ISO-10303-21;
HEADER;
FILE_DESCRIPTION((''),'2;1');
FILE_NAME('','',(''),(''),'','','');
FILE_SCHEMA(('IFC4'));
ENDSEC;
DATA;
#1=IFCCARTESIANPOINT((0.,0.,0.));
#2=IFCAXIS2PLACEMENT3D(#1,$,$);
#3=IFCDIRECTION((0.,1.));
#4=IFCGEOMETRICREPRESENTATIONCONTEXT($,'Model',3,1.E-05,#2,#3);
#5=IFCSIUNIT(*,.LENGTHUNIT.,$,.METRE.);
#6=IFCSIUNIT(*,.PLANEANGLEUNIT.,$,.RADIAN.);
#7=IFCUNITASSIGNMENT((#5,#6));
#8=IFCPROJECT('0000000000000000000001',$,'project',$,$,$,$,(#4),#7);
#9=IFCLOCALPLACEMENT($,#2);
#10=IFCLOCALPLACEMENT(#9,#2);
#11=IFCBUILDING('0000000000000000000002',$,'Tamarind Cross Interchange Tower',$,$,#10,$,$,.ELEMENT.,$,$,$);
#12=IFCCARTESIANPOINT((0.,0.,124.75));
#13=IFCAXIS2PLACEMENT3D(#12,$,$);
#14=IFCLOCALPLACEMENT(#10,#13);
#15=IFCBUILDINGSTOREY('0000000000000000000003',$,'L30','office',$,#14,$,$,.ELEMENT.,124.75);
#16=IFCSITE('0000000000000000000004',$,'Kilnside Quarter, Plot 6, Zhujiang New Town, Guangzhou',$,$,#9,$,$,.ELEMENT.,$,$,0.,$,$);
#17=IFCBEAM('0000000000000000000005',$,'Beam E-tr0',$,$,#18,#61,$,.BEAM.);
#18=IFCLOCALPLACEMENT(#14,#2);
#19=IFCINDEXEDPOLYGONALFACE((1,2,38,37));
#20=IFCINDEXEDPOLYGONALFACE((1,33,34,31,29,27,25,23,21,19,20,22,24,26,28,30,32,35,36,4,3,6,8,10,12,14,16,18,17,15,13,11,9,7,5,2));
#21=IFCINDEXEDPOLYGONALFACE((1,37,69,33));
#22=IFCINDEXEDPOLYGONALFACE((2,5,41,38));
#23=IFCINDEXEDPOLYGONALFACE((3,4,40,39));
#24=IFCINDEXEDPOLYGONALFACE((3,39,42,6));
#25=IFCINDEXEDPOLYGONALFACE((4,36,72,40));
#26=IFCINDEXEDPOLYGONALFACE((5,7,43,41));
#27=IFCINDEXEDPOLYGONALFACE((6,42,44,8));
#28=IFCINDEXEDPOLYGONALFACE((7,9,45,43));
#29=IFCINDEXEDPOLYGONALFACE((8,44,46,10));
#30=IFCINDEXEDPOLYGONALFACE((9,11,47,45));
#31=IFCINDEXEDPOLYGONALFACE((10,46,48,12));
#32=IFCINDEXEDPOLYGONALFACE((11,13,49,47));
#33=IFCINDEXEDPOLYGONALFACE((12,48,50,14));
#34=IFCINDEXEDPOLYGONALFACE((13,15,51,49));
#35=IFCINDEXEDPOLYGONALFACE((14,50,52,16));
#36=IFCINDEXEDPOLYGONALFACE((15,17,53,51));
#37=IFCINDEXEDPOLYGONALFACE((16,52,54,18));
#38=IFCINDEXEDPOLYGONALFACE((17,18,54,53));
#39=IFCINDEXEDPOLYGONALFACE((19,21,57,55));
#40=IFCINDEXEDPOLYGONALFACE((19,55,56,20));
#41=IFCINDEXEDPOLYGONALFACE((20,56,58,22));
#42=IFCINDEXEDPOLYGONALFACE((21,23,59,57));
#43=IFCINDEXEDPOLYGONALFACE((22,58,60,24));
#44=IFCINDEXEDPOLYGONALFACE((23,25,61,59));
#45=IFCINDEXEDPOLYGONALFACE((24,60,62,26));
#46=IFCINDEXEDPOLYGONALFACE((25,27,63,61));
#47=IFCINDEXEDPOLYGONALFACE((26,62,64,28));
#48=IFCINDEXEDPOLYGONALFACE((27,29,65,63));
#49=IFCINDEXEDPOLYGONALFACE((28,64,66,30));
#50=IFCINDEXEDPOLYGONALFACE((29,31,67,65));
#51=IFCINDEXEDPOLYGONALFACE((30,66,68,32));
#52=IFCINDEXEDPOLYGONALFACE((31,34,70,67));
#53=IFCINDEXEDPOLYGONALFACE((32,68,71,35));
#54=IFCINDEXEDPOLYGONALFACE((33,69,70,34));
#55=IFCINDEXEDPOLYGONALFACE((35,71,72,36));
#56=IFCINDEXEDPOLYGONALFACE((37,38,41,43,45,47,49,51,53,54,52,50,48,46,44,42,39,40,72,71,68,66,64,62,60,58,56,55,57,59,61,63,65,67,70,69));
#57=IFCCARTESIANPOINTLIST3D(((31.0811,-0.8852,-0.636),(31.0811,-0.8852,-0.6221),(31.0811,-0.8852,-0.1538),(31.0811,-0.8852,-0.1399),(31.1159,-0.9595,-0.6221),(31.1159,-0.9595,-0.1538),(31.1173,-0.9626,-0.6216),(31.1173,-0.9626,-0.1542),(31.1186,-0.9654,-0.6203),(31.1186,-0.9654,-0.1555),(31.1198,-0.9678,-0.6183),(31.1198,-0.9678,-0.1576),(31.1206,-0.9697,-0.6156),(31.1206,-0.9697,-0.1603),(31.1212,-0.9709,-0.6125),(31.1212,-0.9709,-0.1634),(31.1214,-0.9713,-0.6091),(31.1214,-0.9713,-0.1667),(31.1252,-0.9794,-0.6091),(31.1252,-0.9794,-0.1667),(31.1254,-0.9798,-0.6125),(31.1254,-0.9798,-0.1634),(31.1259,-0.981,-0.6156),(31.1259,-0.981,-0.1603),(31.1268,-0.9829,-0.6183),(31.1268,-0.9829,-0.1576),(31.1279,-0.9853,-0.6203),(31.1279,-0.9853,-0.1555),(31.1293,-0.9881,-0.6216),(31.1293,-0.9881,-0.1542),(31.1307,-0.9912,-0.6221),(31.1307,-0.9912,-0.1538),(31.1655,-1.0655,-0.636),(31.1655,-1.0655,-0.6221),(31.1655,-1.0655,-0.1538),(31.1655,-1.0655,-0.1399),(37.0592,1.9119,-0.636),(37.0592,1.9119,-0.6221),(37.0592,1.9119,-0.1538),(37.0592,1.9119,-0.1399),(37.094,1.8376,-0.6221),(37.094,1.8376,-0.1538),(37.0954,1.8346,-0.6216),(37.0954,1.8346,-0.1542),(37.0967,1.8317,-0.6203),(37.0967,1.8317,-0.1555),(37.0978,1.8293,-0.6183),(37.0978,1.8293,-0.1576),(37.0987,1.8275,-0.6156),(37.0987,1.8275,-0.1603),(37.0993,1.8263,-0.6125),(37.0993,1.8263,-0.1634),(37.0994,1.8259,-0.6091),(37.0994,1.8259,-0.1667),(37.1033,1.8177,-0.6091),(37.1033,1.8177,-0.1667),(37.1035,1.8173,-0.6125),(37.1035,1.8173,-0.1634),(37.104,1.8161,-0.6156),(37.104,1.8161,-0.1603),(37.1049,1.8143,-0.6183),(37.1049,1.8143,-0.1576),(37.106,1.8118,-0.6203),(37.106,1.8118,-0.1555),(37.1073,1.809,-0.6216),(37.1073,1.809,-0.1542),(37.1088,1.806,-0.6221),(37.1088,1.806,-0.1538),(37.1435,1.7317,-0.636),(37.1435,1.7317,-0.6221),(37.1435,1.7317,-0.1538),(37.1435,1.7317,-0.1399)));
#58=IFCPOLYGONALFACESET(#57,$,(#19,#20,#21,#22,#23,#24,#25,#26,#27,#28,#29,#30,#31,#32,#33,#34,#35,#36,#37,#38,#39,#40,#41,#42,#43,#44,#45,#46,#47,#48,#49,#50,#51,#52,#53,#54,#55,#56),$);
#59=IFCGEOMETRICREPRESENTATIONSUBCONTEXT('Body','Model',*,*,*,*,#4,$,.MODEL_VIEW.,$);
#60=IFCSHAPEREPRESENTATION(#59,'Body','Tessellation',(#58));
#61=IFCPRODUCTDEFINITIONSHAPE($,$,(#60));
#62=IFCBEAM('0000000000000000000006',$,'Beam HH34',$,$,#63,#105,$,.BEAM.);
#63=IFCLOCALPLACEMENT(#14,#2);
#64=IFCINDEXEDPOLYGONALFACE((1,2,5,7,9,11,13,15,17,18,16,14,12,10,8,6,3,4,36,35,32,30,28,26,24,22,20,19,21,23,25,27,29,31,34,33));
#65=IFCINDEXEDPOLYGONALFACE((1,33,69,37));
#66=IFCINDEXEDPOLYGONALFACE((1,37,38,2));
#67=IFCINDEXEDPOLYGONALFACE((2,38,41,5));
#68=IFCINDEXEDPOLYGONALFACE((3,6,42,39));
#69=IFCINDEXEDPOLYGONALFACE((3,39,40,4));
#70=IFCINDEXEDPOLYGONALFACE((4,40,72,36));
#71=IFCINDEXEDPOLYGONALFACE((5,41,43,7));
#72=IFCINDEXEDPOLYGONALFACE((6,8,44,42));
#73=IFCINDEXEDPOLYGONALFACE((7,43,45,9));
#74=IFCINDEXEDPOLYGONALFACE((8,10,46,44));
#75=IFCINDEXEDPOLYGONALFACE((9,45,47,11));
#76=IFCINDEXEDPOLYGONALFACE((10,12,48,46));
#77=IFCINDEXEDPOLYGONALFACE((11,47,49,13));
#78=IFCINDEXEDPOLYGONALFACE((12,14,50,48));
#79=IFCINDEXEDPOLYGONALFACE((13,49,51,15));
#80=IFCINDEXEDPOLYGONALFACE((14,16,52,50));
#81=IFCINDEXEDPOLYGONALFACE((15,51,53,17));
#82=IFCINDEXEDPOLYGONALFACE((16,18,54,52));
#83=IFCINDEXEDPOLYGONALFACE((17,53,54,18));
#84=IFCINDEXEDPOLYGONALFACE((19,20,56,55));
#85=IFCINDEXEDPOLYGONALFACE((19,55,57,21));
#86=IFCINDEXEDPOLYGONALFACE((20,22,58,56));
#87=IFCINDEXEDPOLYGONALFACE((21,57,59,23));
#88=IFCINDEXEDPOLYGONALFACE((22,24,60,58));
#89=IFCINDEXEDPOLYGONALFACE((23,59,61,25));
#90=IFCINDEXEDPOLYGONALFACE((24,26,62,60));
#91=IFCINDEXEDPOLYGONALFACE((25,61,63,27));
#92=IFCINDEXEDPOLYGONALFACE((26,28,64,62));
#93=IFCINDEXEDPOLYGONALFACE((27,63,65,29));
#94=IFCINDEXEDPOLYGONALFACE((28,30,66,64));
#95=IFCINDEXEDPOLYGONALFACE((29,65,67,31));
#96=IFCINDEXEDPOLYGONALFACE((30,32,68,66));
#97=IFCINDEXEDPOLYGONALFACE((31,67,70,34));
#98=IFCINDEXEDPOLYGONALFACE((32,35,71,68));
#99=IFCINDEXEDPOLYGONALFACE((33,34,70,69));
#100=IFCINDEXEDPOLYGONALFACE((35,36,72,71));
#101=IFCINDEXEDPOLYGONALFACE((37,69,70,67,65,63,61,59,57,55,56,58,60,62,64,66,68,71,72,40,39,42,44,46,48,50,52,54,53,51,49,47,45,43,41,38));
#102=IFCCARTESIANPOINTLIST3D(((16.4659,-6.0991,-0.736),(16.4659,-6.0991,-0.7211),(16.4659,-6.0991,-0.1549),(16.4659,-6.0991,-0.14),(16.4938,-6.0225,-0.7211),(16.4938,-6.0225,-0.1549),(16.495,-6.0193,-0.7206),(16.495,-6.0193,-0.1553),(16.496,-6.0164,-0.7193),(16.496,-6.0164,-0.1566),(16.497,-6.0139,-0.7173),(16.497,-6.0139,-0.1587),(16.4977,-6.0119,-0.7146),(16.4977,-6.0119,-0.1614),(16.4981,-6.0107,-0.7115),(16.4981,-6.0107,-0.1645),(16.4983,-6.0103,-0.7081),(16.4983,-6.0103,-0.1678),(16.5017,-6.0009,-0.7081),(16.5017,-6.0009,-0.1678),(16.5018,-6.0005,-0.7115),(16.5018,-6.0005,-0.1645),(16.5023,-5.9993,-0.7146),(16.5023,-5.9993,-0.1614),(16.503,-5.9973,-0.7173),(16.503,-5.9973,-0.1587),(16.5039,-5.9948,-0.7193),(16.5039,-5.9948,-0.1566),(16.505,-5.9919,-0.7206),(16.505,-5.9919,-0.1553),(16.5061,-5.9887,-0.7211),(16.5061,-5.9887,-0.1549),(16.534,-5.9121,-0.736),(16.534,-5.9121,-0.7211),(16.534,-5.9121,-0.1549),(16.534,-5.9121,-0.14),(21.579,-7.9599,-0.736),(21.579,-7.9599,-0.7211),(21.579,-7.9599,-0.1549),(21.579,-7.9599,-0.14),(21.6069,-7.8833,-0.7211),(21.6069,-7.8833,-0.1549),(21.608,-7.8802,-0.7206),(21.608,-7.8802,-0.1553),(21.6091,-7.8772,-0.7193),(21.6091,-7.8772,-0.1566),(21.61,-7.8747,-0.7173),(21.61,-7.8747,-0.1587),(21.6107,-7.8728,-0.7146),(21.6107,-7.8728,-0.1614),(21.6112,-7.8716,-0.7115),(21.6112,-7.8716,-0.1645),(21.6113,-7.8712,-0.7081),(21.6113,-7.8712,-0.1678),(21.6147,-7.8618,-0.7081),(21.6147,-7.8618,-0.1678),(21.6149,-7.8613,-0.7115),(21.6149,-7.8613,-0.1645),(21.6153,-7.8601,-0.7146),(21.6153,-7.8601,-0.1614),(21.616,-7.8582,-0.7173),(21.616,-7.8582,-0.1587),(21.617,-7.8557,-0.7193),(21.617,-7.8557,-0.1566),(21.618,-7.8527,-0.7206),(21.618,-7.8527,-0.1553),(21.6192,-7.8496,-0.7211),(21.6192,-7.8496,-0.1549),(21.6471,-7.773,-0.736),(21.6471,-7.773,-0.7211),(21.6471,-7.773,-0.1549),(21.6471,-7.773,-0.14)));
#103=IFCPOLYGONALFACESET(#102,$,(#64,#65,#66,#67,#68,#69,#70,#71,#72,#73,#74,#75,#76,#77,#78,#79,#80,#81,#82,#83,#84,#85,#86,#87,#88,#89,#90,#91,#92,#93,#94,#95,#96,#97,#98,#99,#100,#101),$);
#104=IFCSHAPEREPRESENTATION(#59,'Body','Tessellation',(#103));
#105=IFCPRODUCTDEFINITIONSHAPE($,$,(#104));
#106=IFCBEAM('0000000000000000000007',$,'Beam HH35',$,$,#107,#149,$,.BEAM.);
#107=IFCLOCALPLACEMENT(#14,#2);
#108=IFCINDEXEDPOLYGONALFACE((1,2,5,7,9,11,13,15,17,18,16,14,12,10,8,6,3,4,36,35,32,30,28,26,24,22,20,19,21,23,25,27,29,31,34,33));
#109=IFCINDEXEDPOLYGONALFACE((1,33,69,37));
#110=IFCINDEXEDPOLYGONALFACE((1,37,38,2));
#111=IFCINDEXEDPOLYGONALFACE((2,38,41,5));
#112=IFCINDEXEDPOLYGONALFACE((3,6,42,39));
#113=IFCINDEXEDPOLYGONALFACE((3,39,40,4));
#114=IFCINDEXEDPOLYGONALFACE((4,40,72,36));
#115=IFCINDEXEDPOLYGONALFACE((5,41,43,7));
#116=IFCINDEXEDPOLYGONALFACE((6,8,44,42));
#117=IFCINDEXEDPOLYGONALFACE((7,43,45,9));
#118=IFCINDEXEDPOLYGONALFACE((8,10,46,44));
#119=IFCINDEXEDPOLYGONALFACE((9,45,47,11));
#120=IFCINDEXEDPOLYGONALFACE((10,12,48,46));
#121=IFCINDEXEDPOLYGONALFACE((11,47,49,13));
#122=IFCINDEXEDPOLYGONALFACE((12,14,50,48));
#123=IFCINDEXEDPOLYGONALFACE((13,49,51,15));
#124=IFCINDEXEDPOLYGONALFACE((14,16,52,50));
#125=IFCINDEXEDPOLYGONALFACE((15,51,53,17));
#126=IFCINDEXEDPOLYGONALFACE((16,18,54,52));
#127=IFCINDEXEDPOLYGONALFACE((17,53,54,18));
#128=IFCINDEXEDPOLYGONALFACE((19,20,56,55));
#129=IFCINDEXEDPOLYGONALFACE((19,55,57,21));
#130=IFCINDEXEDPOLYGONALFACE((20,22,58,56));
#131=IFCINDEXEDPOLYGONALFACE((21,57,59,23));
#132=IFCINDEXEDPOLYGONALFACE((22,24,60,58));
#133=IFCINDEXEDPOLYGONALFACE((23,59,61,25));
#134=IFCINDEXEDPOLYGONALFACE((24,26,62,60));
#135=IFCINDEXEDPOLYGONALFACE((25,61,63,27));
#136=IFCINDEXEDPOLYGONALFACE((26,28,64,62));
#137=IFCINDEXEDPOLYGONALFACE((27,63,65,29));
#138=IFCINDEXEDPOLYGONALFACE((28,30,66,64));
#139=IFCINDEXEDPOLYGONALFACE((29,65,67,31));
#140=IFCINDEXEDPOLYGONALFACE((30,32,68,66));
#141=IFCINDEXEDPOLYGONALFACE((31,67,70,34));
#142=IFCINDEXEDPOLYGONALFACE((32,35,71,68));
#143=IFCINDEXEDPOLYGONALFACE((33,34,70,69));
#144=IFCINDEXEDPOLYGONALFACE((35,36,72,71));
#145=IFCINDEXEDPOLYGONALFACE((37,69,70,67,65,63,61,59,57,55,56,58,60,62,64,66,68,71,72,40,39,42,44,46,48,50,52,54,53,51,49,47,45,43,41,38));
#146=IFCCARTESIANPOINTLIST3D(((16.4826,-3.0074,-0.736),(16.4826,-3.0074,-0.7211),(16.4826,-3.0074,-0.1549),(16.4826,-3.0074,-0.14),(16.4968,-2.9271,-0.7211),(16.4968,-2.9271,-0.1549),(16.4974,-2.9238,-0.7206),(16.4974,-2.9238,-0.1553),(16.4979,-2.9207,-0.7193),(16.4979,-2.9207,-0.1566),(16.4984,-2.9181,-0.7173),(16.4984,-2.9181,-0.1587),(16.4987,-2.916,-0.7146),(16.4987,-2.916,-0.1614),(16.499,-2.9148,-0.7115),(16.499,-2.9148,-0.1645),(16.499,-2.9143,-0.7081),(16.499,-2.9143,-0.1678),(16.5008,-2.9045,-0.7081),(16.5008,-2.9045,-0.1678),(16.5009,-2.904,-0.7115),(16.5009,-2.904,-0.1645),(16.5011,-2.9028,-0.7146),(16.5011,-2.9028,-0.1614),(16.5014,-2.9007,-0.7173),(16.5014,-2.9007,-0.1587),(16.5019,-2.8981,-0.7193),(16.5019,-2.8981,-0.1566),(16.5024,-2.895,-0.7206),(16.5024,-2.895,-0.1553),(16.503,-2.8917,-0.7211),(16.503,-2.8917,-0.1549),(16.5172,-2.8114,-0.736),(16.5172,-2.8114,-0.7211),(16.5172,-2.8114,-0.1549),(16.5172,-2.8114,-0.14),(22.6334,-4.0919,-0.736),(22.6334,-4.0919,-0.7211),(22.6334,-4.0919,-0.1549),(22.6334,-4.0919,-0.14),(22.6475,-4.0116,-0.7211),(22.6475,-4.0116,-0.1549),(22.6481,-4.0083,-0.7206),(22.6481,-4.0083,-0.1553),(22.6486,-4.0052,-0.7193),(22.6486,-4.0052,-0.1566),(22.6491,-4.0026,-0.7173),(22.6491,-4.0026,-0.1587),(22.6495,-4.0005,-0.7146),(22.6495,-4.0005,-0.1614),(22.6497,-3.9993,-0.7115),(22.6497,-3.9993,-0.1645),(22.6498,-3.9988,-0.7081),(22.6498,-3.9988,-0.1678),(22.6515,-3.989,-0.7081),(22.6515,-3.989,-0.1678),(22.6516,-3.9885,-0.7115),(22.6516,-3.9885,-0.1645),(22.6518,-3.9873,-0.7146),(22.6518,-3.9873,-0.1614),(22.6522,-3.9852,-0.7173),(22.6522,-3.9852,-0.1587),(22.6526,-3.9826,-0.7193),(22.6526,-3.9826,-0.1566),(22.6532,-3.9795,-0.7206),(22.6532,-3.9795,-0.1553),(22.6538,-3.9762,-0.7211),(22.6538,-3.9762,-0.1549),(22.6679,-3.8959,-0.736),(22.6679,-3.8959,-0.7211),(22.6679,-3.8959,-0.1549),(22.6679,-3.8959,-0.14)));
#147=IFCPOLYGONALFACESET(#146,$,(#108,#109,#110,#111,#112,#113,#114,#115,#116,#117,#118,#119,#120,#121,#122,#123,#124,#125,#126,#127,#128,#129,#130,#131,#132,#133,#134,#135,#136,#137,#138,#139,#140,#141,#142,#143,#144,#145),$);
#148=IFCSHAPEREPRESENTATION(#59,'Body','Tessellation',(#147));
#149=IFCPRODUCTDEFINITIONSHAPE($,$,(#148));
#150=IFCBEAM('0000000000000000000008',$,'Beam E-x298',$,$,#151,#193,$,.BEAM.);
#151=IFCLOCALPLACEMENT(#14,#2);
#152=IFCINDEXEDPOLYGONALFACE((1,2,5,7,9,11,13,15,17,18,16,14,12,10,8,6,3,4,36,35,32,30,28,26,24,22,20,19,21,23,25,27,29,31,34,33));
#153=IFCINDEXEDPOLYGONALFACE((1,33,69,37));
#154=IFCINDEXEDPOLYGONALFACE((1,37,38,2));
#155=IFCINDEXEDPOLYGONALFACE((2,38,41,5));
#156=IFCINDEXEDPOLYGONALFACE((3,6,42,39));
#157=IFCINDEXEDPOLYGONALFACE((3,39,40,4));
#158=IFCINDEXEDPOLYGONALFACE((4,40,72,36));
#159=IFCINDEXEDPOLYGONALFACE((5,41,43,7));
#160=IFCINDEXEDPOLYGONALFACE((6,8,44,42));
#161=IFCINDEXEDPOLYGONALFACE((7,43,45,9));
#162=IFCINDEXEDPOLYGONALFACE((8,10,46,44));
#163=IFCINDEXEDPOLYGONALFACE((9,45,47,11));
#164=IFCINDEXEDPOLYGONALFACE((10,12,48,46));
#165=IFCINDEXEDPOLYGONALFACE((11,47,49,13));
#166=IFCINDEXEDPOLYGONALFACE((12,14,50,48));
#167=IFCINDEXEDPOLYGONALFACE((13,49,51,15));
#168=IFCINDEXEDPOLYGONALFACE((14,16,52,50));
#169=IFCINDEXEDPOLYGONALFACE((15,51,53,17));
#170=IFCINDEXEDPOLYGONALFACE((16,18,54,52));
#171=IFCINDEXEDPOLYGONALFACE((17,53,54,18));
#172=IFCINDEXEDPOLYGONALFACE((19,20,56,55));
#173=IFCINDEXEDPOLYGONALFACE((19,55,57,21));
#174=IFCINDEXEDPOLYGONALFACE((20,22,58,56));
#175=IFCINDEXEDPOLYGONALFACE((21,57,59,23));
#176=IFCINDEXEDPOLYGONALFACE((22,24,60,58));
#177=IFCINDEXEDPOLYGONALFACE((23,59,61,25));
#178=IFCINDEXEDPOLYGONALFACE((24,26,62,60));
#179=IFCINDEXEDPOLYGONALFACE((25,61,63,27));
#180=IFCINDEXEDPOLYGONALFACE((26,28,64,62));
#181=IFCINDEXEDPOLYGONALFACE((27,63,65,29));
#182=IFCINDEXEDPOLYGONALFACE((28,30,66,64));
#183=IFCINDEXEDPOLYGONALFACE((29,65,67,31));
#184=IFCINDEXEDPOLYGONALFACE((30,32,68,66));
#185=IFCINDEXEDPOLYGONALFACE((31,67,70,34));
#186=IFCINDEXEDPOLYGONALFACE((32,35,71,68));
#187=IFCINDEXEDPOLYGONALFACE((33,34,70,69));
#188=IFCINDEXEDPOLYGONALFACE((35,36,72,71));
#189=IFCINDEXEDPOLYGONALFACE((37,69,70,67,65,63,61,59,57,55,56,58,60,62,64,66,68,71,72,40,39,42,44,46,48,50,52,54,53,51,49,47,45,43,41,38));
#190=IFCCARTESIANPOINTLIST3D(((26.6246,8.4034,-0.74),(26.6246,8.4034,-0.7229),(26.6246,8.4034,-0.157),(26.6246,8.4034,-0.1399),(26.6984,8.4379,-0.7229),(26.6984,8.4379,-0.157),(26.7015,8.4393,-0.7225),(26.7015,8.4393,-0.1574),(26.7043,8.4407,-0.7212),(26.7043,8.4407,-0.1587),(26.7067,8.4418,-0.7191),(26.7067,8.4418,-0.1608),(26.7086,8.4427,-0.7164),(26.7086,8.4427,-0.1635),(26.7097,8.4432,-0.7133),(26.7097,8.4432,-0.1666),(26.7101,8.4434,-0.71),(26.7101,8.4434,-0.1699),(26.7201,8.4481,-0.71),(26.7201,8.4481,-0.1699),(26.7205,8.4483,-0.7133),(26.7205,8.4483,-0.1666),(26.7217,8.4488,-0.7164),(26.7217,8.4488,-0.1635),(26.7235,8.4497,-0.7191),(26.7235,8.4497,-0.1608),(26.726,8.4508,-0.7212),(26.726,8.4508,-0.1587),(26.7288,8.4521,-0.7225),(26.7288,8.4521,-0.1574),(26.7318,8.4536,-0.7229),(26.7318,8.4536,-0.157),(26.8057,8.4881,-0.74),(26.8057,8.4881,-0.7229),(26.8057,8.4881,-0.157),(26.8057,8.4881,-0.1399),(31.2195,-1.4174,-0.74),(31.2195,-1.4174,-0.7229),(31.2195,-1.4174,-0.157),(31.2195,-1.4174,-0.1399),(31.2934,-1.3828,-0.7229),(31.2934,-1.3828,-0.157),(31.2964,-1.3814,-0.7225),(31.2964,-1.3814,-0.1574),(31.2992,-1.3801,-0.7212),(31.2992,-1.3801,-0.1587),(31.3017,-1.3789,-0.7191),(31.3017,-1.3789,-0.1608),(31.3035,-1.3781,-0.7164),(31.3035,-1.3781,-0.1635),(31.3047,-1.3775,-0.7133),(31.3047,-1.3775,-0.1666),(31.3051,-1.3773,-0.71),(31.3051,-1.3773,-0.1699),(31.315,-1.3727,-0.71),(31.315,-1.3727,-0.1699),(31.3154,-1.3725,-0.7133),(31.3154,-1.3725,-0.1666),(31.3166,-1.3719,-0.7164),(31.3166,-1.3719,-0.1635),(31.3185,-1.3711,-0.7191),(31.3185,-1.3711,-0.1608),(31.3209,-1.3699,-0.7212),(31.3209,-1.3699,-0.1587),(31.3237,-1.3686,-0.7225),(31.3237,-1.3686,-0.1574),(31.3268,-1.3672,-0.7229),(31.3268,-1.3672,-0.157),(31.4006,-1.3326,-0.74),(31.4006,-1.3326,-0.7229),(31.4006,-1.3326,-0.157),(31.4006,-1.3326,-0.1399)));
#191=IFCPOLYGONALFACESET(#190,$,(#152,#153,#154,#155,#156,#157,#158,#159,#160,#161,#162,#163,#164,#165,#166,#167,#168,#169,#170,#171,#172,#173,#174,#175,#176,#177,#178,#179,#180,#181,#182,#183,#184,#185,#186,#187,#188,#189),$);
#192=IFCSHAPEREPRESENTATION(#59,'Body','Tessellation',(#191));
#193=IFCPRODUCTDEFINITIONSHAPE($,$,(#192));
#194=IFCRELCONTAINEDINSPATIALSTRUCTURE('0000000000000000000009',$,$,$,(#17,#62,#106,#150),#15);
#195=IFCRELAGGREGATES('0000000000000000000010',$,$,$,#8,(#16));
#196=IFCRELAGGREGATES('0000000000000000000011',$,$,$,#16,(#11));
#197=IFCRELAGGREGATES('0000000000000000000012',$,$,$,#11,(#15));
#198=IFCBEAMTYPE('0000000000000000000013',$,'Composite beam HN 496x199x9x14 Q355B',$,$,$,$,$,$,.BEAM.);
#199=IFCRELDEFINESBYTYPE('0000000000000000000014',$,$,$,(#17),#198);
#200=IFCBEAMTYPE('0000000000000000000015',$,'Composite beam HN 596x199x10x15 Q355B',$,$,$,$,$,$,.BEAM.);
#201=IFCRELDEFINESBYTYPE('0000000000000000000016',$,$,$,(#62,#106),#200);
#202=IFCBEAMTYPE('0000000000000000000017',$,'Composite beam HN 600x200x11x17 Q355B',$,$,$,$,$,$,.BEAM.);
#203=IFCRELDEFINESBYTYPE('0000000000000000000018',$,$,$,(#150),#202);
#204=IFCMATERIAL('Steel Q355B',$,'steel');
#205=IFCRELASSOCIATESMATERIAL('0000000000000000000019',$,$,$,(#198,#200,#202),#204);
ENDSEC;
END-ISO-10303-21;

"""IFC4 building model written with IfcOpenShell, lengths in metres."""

from ifc_helpers import new_model, si_unit, direction, frame, origin, origin_2d, place, context, subcontext, project, spatial, i_section, extrude, material, material_profile, profile_set, type_object, element, save


model = new_model("IFC4")

# Units and contexts
model_context = context("Model", 3, precision=1e-05, world=origin(), true_north=direction((0.0, 1.0)))
body_context = subcontext(model_context, "Body", "Model", "MODEL_VIEW")
ifc_project = project(units=[si_unit("LENGTHUNIT", "METRE"), si_unit("PLANEANGLEUNIT", "RADIAN")], contexts=[model_context])

# Site, building, storey
site_placement = place(None, origin())
site = spatial("IfcSite", under=ifc_project, at=site_placement, Name="Kilnside Quarter, Plot 6, Zhujiang New Town, Guangzhou", CompositionType="ELEMENT", RefElevation=0.0)
building_placement = place(site_placement, origin())
building = spatial("IfcBuilding", under=site, at=building_placement, Name="Tamarind Cross Interchange Tower", CompositionType="ELEMENT")
storey_placement = place(building_placement, frame((0.0, 0.0, 124.75)))
storey = spatial("IfcBuildingStorey", under=building, at=storey_placement, Name="L30", Description="office", CompositionType="ELEMENT", Elevation=124.75)

# Beams
ifc_material_1 = material(Name="Steel Q355B", Category="steel")
ifc_material_profile_1 = material_profile(ifc_material_1, i_section(OverallWidth=0.199, OverallDepth=0.4961, WebThickness=0.009, FlangeThickness=0.0139, FilletRadius=0.0129, at=origin_2d()), Name="HN 496x199x9x14")
ifc_profile_set_1 = profile_set([ifc_material_profile_1], Name="Steel Q355B")
beam_type_1 = type_object("IfcBeamType", Name="Composite beam HN 496x199x9x14 Q355B", PredefinedType="BEAM", material=ifc_profile_set_1)
beam_1_placement = place(storey_placement, frame((31.1233, -0.9753, -0.3879), z_axis=(0.905755, 0.423803, 0.0), x_axis=(-0.423803, 0.905755, 0.0)))
element("IfcBeam", 1, at=beam_1_placement, inside=storey, type_object=beam_type_1, Name="Beam E-tr0", PredefinedType="BEAM", context=body_context, shape_type="SweptSolid", body=[
    extrude(i_section(OverallWidth=0.199, OverallDepth=0.4961, WebThickness=0.009, FlangeThickness=0.0139, FilletRadius=0.0129, at=origin_2d()), origin(), (0.0, 0.0, 1.0), 6.6001),
])
ifc_material_profile_2 = material_profile(ifc_material_1, i_section(OverallWidth=0.199, OverallDepth=0.5959, WebThickness=0.01, FlangeThickness=0.0149, FilletRadius=0.0129, at=origin_2d()), Name="HN 596x199x10x15")
ifc_profile_set_2 = profile_set([ifc_material_profile_2], Name="Steel Q355B")
beam_type_2 = type_object("IfcBeamType", Name="Composite beam HN 596x199x10x15 Q355B", PredefinedType="BEAM", material=ifc_profile_set_2)
beam_2_placement = place(storey_placement, frame((21.613, -7.8665, -0.438), z_axis=(-0.939702, 0.341995, 0.0), x_axis=(-0.341995, -0.939702, 0.0)))
element("IfcBeam", 2, at=beam_2_placement, inside=storey, type_object=beam_type_2, Name="Beam HH34", PredefinedType="BEAM", context=body_context, shape_type="SweptSolid", body=[
    extrude(i_section(OverallWidth=0.199, OverallDepth=0.5959, WebThickness=0.01, FlangeThickness=0.0149, FilletRadius=0.0129, at=origin_2d()), origin(), (0.0, 0.0, 1.0), 5.4412),
])
beam_3_placement = place(storey_placement, frame((22.6506, -3.9939, -0.438), z_axis=(-0.984809, 0.17364, 0.0), x_axis=(-0.17364, -0.984809, 0.0)))
element("IfcBeam", 3, at=beam_3_placement, inside=storey, type_object=beam_type_2, Name="Beam HH35", PredefinedType="BEAM", context=body_context, shape_type="SweptSolid", body=[
    extrude(i_section(OverallWidth=0.199, OverallDepth=0.5959, WebThickness=0.01, FlangeThickness=0.0149, FilletRadius=0.0129, at=origin_2d()), origin(), (0.0, 0.0, 1.0), 6.2456),
])
ifc_material_profile_3 = material_profile(ifc_material_1, i_section(OverallWidth=0.2, OverallDepth=0.6001, WebThickness=0.011, FlangeThickness=0.0171, FilletRadius=0.0129, at=origin_2d()), Name="HN 600x200x11x17")
ifc_profile_set_3 = profile_set([ifc_material_profile_3], Name="Steel Q355B")
beam_type_3 = type_object("IfcBeamType", Name="Composite beam HN 600x200x11x17 Q355B", PredefinedType="BEAM", material=ifc_profile_set_3)
beam_4_placement = place(storey_placement, frame((31.3101, -1.375, -0.4399), z_axis=(-0.423789, 0.905761, 0.0), x_axis=(-0.905761, -0.423789, 0.0)))
element("IfcBeam", 4, at=beam_4_placement, inside=storey, type_object=beam_type_3, Name="Beam E-x298", PredefinedType="BEAM", context=body_context, shape_type="SweptSolid", body=[
    extrude(i_section(OverallWidth=0.2, OverallDepth=0.6001, WebThickness=0.011, FlangeThickness=0.0171, FilletRadius=0.0129, at=origin_2d()), origin(), (0.0, 0.0, 1.0), 10.8425),
])

save(model, "model.ifc")
